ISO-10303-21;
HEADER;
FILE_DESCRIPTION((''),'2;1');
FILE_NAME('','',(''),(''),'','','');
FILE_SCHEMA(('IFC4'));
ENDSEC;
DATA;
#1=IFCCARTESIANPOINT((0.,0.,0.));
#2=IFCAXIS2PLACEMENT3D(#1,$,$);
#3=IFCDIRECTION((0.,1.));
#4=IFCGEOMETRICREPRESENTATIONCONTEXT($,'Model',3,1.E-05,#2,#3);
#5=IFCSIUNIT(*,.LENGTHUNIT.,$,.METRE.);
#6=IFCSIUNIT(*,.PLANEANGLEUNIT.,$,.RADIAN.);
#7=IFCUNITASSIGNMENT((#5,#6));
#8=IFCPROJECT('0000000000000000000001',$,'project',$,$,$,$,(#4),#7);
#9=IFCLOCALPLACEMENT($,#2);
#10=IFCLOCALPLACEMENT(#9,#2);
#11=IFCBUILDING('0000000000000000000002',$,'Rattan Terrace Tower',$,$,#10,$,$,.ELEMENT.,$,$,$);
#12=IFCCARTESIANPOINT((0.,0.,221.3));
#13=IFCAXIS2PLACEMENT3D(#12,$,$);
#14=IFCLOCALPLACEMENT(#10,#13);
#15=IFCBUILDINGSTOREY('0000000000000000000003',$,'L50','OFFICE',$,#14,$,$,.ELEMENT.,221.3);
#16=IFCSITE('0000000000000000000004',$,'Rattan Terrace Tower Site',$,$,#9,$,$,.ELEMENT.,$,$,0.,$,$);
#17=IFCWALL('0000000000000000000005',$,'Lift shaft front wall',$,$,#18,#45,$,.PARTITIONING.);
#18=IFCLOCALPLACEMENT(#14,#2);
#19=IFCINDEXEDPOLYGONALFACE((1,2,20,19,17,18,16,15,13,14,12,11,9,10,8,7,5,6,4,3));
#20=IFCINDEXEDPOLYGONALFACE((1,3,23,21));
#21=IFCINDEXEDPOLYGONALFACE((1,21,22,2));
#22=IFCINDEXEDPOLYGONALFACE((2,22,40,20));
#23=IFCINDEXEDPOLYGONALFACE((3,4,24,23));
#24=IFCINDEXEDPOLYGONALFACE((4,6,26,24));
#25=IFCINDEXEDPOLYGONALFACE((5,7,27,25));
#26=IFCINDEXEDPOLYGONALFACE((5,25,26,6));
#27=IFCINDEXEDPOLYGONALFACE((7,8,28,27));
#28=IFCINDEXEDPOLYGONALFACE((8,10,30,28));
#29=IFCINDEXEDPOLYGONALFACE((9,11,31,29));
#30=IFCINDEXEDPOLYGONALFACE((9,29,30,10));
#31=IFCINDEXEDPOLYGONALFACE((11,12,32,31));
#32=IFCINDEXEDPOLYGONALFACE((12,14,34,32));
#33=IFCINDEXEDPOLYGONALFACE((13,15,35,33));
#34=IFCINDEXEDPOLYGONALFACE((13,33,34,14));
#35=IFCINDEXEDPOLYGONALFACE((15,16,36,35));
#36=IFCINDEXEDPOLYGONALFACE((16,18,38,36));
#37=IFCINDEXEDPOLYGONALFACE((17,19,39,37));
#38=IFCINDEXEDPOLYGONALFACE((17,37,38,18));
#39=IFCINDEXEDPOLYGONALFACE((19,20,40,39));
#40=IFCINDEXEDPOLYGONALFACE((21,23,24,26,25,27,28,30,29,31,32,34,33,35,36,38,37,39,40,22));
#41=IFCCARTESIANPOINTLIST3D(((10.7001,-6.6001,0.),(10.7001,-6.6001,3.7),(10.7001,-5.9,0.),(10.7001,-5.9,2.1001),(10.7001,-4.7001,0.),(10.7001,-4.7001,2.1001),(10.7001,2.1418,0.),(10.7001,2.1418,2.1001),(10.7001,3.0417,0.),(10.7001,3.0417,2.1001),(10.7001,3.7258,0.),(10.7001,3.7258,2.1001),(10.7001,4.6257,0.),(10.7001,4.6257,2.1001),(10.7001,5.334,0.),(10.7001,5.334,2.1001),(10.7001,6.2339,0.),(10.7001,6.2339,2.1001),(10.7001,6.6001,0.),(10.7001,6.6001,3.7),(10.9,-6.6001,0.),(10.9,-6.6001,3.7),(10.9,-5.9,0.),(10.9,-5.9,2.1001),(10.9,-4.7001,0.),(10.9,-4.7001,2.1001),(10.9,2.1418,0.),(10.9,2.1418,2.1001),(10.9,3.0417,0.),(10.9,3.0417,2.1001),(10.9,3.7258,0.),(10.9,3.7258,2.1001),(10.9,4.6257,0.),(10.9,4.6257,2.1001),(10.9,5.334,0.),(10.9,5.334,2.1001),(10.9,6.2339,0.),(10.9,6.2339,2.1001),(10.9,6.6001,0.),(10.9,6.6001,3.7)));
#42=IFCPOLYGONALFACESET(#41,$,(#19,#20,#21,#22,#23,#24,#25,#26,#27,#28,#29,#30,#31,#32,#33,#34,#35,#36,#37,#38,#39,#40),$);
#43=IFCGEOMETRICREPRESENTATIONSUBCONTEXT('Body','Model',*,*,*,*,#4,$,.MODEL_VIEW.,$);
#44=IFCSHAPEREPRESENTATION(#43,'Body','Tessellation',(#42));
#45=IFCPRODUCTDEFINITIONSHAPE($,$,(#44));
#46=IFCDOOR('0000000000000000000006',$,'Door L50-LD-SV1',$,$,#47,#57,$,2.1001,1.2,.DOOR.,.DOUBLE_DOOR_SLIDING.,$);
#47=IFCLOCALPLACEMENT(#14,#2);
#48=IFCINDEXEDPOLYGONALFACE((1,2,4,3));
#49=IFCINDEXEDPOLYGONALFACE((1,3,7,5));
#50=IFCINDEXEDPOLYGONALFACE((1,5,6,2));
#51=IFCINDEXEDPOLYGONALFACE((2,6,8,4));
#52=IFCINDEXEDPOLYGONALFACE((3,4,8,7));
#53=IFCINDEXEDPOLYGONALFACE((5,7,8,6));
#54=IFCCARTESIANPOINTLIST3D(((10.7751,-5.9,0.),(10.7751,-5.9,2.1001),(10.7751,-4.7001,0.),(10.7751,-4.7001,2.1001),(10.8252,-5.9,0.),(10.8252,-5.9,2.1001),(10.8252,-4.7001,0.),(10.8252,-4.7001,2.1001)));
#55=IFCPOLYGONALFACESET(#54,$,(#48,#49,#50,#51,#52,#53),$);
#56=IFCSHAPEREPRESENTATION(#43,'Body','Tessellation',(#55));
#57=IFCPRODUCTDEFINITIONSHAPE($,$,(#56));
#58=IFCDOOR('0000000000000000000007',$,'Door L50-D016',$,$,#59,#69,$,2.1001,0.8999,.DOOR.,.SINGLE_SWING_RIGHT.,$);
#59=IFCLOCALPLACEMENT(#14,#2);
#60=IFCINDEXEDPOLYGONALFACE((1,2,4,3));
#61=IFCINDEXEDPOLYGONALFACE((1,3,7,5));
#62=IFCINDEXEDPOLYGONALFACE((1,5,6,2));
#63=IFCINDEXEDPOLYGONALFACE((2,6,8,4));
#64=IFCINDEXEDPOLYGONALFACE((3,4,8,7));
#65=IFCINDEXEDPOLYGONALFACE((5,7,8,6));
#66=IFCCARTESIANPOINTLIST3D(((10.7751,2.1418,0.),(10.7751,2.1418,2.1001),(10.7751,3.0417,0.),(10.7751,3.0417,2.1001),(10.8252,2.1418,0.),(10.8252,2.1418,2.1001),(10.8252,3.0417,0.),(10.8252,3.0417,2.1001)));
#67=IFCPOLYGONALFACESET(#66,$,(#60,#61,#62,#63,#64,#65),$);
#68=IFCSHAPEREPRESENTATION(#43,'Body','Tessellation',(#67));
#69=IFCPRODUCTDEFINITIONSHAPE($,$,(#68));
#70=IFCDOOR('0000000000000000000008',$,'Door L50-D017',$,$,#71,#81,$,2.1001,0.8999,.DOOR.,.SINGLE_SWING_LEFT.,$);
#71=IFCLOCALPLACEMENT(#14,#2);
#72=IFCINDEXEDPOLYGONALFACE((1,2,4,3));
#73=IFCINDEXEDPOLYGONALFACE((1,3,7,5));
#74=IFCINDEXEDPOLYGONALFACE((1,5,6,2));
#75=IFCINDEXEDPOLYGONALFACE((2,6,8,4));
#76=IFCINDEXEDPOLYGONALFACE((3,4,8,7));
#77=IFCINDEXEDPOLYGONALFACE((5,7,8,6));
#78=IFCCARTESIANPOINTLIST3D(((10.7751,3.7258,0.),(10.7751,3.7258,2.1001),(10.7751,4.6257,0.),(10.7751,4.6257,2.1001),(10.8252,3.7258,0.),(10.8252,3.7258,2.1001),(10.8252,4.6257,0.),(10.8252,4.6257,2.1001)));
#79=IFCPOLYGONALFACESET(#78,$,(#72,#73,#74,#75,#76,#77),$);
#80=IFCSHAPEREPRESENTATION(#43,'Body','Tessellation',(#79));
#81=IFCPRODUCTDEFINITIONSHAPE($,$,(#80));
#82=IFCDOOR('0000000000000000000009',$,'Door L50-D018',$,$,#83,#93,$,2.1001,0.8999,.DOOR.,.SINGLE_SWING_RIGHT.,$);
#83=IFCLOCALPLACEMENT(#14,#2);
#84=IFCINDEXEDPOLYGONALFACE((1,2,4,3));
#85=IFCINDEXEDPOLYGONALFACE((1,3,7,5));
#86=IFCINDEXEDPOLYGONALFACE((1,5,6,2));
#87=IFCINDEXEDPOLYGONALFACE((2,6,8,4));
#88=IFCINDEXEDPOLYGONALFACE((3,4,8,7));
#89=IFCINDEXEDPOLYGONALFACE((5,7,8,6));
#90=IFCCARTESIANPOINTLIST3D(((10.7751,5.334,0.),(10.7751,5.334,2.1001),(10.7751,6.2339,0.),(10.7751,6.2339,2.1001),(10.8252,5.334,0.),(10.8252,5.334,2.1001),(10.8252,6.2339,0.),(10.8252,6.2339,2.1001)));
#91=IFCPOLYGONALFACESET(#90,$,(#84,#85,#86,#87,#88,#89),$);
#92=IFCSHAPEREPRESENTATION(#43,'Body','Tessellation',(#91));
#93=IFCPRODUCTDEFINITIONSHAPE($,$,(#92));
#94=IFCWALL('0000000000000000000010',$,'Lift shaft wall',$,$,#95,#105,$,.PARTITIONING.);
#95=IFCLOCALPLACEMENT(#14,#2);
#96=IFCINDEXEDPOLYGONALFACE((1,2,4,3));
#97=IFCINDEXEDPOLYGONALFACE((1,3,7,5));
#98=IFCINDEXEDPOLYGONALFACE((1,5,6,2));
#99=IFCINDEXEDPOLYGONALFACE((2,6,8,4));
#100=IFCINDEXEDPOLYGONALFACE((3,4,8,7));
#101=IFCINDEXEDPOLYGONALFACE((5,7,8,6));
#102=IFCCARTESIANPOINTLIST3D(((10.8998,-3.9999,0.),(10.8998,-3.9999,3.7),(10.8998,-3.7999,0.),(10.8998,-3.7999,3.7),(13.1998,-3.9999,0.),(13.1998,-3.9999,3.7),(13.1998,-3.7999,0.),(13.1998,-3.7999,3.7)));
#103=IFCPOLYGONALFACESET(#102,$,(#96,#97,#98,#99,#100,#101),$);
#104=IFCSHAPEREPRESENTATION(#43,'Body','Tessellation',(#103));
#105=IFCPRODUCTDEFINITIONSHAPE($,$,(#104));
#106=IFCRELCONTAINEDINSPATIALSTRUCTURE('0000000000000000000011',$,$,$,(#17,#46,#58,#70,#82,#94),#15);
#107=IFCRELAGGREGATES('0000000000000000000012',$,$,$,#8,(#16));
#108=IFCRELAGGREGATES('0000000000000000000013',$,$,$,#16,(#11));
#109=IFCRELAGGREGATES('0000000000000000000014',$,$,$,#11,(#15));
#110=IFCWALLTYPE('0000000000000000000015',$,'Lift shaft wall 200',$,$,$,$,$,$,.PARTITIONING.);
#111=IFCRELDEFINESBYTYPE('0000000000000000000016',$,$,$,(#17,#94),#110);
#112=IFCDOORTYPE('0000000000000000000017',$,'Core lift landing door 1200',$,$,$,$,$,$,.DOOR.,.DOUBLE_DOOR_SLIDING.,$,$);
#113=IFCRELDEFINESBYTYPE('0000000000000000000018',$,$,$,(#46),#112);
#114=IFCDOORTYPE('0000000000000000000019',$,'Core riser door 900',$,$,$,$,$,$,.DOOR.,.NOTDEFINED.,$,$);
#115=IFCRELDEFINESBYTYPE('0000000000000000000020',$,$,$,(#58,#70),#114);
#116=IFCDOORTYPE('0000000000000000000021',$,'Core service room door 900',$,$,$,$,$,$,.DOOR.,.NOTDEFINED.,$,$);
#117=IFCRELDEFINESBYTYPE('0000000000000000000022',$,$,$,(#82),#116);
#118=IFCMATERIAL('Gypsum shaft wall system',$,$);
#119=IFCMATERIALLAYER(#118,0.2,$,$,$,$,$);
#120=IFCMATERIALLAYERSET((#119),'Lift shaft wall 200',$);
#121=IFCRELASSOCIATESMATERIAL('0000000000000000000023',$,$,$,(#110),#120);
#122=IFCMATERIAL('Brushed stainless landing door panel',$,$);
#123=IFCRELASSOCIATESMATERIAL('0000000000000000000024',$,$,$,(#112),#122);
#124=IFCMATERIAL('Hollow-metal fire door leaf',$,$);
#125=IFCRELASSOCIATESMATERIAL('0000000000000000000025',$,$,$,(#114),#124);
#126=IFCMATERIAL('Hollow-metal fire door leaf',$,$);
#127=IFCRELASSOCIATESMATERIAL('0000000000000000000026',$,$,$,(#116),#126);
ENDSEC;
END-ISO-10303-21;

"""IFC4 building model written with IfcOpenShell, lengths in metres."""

from ifc_helpers import new_model, si_unit, direction, frame, frame_2d, origin, place, context, subcontext, project, spatial, rectangle, extrude, material, layer, layer_set, type_object, element, fill, save


model = new_model("IFC4")

# Units and contexts
model_context = context("Model", 3, precision=1e-05, world=origin(), true_north=direction((0.0, 1.0)))
body_context = subcontext(model_context, "Body", "Model", "MODEL_VIEW")
ifc_project = project(units=[si_unit("LENGTHUNIT", "METRE"), si_unit("PLANEANGLEUNIT", "RADIAN")], contexts=[model_context])

# Site, building, storey
site_placement = place(None, origin())
site = spatial("IfcSite", under=ifc_project, at=site_placement, Name="Rattan Terrace Tower Site", CompositionType="ELEMENT", RefElevation=0.0)
building_placement = place(site_placement, origin())
building = spatial("IfcBuilding", under=site, at=building_placement, Name="Rattan Terrace Tower", CompositionType="ELEMENT")
storey_placement = place(building_placement, frame((0.0, 0.0, 221.3)))
storey = spatial("IfcBuildingStorey", under=building, at=storey_placement, Name="L50", Description="OFFICE", CompositionType="ELEMENT", Elevation=221.3)

# Wall, openings, doors
ifc_material_1 = material(Name="Gypsum shaft wall system")
ifc_layer_1 = layer(ifc_material_1, 0.2)
ifc_layer_set_1 = layer_set([ifc_layer_1], Name="Lift shaft wall 200")
wall_type_1 = type_object("IfcWallType", Name="Lift shaft wall 200", PredefinedType="PARTITIONING", material=ifc_layer_set_1)
wall_1_placement = place(storey_placement, frame((10.8, -6.6001, 0.0), z_axis=(0.0, 0.0, 1.0), x_axis=(0.0, 1.0, 0.0)))
wall_1 = element("IfcWall", 1, at=wall_1_placement, inside=storey, type_object=wall_type_1, Name="Lift shaft front wall", PredefinedType="PARTITIONING", context=body_context, shape_type="SweptSolid", body=[
    extrude(rectangle(XDim=13.2002, YDim=0.2, at=frame_2d((6.6001, 0.0))), origin(), (0.0, 0.0, 1.0), 3.7),
])
opening_1_placement = place(wall_1_placement, frame((0.7, 0.0, 0.0)))
opening_1 = element("IfcOpeningElement", 2, at=opening_1_placement, cuts=wall_1, PredefinedType="OPENING", context=body_context, shape_type="SweptSolid", body=[
    extrude(rectangle(XDim=1.2, YDim=2.1001, at=frame_2d((0.6001, 1.05))), frame((0.0, 0.1106, 0.0), z_axis=(0.0, -1.0, 0.0), x_axis=(1.0, 0.0, 0.0)), (0.0, 0.0, 1.0), 0.2209),
])
opening_2_placement = place(wall_1_placement, frame((8.7419, 0.0, 0.0)))
opening_2 = element("IfcOpeningElement", 3, at=opening_2_placement, cuts=wall_1, PredefinedType="OPENING", context=body_context, shape_type="SweptSolid", body=[
    extrude(rectangle(XDim=0.8999, YDim=2.1001, at=frame_2d((0.45, 1.05))), frame((0.0, 0.1106, 0.0), z_axis=(0.0, -1.0, 0.0), x_axis=(1.0, 0.0, 0.0)), (0.0, 0.0, 1.0), 0.2209),
])
opening_3_placement = place(wall_1_placement, frame((10.3259, 0.0, 0.0)))
opening_3 = element("IfcOpeningElement", 4, at=opening_3_placement, cuts=wall_1, PredefinedType="OPENING", context=body_context, shape_type="SweptSolid", body=[
    extrude(rectangle(XDim=0.8999, YDim=2.1001, at=frame_2d((0.45, 1.05))), frame((0.0, 0.1106, 0.0), z_axis=(0.0, -1.0, 0.0), x_axis=(1.0, 0.0, 0.0)), (0.0, 0.0, 1.0), 0.2209),
])
opening_4_placement = place(wall_1_placement, frame((11.9341, 0.0, 0.0)))
opening_4 = element("IfcOpeningElement", 5, at=opening_4_placement, cuts=wall_1, PredefinedType="OPENING", context=body_context, shape_type="SweptSolid", body=[
    extrude(rectangle(XDim=0.8999, YDim=2.1001, at=frame_2d((0.45, 1.05))), frame((0.0, 0.1106, 0.0), z_axis=(0.0, -1.0, 0.0), x_axis=(1.0, 0.0, 0.0)), (0.0, 0.0, 1.0), 0.2209),
])
ifc_material_2 = material(Name="Brushed stainless landing door panel")
door_type_1 = type_object("IfcDoorType", Name="Core lift landing door 1200", OperationType="DOUBLE_DOOR_SLIDING", PredefinedType="DOOR", material=ifc_material_2)
door_1_placement = place(opening_1_placement, origin())
door_1 = element("IfcDoor", 6, at=door_1_placement, inside=storey, type_object=door_type_1, Name="Door L50-LD-SV1", OperationType="DOUBLE_DOOR_SLIDING", OverallHeight=2.1001, OverallWidth=1.2, PredefinedType="DOOR", context=body_context, shape_type="SweptSolid", body=[
    extrude(rectangle(XDim=1.2, YDim=2.1001, at=frame_2d((0.6001, 1.05))), frame((0.0, 0.0249, 0.0), z_axis=(0.0, -1.0, 0.0), x_axis=(1.0, 0.0, 0.0)), (0.0, 0.0, 1.0), 0.05),
])
fill(opening_1, door_1)
ifc_material_3 = material(Name="Hollow-metal fire door leaf")
door_type_2 = type_object("IfcDoorType", Name="Core riser door 900", OperationType="NOTDEFINED", PredefinedType="DOOR", material=ifc_material_3)
door_2_placement = place(opening_2_placement, origin())
door_2 = element("IfcDoor", 7, at=door_2_placement, inside=storey, type_object=door_type_2, Name="Door L50-D016", OperationType="SINGLE_SWING_RIGHT", OverallHeight=2.1001, OverallWidth=0.8999, PredefinedType="DOOR", context=body_context, shape_type="SweptSolid", body=[
    extrude(rectangle(XDim=0.8999, YDim=2.1001, at=frame_2d((0.45, 1.05))), frame((0.0, 0.0249, 0.0), z_axis=(0.0, -1.0, 0.0), x_axis=(1.0, 0.0, 0.0)), (0.0, 0.0, 1.0), 0.05),
])
fill(opening_2, door_2)
door_3_placement = place(opening_3_placement, origin())
door_3 = element("IfcDoor", 8, at=door_3_placement, inside=storey, type_object=door_type_2, Name="Door L50-D017", OperationType="SINGLE_SWING_LEFT", OverallHeight=2.1001, OverallWidth=0.8999, PredefinedType="DOOR", context=body_context, shape_type="SweptSolid", body=[
    extrude(rectangle(XDim=0.8999, YDim=2.1001, at=frame_2d((0.45, 1.05))), frame((0.0, 0.0249, 0.0), z_axis=(0.0, -1.0, 0.0), x_axis=(1.0, 0.0, 0.0)), (0.0, 0.0, 1.0), 0.05),
])
fill(opening_3, door_3)
ifc_material_4 = material(Name="Hollow-metal fire door leaf")
door_type_3 = type_object("IfcDoorType", Name="Core service room door 900", OperationType="NOTDEFINED", PredefinedType="DOOR", material=ifc_material_4)
door_4_placement = place(opening_4_placement, origin())
door_4 = element("IfcDoor", 9, at=door_4_placement, inside=storey, type_object=door_type_3, Name="Door L50-D018", OperationType="SINGLE_SWING_RIGHT", OverallHeight=2.1001, OverallWidth=0.8999, PredefinedType="DOOR", context=body_context, shape_type="SweptSolid", body=[
    extrude(rectangle(XDim=0.8999, YDim=2.1001, at=frame_2d((0.45, 1.05))), frame((0.0, 0.0249, 0.0), z_axis=(0.0, -1.0, 0.0), x_axis=(1.0, 0.0, 0.0)), (0.0, 0.0, 1.0), 0.05),
])
fill(opening_4, door_4)

# Wall
wall_2_placement = place(storey_placement, frame((10.8999, -3.8999, 0.0), z_axis=(0.0, 0.0, 1.0), x_axis=(1.0, 0.0, 0.0)))
element("IfcWall", 10, at=wall_2_placement, inside=storey, type_object=wall_type_1, Name="Lift shaft wall", PredefinedType="PARTITIONING", context=body_context, shape_type="SweptSolid", body=[
    extrude(rectangle(XDim=2.3, YDim=0.2, at=frame_2d((1.1499, 0.0))), origin(), (0.0, 0.0, 1.0), 3.7),
])

save(model, "model.ifc")
